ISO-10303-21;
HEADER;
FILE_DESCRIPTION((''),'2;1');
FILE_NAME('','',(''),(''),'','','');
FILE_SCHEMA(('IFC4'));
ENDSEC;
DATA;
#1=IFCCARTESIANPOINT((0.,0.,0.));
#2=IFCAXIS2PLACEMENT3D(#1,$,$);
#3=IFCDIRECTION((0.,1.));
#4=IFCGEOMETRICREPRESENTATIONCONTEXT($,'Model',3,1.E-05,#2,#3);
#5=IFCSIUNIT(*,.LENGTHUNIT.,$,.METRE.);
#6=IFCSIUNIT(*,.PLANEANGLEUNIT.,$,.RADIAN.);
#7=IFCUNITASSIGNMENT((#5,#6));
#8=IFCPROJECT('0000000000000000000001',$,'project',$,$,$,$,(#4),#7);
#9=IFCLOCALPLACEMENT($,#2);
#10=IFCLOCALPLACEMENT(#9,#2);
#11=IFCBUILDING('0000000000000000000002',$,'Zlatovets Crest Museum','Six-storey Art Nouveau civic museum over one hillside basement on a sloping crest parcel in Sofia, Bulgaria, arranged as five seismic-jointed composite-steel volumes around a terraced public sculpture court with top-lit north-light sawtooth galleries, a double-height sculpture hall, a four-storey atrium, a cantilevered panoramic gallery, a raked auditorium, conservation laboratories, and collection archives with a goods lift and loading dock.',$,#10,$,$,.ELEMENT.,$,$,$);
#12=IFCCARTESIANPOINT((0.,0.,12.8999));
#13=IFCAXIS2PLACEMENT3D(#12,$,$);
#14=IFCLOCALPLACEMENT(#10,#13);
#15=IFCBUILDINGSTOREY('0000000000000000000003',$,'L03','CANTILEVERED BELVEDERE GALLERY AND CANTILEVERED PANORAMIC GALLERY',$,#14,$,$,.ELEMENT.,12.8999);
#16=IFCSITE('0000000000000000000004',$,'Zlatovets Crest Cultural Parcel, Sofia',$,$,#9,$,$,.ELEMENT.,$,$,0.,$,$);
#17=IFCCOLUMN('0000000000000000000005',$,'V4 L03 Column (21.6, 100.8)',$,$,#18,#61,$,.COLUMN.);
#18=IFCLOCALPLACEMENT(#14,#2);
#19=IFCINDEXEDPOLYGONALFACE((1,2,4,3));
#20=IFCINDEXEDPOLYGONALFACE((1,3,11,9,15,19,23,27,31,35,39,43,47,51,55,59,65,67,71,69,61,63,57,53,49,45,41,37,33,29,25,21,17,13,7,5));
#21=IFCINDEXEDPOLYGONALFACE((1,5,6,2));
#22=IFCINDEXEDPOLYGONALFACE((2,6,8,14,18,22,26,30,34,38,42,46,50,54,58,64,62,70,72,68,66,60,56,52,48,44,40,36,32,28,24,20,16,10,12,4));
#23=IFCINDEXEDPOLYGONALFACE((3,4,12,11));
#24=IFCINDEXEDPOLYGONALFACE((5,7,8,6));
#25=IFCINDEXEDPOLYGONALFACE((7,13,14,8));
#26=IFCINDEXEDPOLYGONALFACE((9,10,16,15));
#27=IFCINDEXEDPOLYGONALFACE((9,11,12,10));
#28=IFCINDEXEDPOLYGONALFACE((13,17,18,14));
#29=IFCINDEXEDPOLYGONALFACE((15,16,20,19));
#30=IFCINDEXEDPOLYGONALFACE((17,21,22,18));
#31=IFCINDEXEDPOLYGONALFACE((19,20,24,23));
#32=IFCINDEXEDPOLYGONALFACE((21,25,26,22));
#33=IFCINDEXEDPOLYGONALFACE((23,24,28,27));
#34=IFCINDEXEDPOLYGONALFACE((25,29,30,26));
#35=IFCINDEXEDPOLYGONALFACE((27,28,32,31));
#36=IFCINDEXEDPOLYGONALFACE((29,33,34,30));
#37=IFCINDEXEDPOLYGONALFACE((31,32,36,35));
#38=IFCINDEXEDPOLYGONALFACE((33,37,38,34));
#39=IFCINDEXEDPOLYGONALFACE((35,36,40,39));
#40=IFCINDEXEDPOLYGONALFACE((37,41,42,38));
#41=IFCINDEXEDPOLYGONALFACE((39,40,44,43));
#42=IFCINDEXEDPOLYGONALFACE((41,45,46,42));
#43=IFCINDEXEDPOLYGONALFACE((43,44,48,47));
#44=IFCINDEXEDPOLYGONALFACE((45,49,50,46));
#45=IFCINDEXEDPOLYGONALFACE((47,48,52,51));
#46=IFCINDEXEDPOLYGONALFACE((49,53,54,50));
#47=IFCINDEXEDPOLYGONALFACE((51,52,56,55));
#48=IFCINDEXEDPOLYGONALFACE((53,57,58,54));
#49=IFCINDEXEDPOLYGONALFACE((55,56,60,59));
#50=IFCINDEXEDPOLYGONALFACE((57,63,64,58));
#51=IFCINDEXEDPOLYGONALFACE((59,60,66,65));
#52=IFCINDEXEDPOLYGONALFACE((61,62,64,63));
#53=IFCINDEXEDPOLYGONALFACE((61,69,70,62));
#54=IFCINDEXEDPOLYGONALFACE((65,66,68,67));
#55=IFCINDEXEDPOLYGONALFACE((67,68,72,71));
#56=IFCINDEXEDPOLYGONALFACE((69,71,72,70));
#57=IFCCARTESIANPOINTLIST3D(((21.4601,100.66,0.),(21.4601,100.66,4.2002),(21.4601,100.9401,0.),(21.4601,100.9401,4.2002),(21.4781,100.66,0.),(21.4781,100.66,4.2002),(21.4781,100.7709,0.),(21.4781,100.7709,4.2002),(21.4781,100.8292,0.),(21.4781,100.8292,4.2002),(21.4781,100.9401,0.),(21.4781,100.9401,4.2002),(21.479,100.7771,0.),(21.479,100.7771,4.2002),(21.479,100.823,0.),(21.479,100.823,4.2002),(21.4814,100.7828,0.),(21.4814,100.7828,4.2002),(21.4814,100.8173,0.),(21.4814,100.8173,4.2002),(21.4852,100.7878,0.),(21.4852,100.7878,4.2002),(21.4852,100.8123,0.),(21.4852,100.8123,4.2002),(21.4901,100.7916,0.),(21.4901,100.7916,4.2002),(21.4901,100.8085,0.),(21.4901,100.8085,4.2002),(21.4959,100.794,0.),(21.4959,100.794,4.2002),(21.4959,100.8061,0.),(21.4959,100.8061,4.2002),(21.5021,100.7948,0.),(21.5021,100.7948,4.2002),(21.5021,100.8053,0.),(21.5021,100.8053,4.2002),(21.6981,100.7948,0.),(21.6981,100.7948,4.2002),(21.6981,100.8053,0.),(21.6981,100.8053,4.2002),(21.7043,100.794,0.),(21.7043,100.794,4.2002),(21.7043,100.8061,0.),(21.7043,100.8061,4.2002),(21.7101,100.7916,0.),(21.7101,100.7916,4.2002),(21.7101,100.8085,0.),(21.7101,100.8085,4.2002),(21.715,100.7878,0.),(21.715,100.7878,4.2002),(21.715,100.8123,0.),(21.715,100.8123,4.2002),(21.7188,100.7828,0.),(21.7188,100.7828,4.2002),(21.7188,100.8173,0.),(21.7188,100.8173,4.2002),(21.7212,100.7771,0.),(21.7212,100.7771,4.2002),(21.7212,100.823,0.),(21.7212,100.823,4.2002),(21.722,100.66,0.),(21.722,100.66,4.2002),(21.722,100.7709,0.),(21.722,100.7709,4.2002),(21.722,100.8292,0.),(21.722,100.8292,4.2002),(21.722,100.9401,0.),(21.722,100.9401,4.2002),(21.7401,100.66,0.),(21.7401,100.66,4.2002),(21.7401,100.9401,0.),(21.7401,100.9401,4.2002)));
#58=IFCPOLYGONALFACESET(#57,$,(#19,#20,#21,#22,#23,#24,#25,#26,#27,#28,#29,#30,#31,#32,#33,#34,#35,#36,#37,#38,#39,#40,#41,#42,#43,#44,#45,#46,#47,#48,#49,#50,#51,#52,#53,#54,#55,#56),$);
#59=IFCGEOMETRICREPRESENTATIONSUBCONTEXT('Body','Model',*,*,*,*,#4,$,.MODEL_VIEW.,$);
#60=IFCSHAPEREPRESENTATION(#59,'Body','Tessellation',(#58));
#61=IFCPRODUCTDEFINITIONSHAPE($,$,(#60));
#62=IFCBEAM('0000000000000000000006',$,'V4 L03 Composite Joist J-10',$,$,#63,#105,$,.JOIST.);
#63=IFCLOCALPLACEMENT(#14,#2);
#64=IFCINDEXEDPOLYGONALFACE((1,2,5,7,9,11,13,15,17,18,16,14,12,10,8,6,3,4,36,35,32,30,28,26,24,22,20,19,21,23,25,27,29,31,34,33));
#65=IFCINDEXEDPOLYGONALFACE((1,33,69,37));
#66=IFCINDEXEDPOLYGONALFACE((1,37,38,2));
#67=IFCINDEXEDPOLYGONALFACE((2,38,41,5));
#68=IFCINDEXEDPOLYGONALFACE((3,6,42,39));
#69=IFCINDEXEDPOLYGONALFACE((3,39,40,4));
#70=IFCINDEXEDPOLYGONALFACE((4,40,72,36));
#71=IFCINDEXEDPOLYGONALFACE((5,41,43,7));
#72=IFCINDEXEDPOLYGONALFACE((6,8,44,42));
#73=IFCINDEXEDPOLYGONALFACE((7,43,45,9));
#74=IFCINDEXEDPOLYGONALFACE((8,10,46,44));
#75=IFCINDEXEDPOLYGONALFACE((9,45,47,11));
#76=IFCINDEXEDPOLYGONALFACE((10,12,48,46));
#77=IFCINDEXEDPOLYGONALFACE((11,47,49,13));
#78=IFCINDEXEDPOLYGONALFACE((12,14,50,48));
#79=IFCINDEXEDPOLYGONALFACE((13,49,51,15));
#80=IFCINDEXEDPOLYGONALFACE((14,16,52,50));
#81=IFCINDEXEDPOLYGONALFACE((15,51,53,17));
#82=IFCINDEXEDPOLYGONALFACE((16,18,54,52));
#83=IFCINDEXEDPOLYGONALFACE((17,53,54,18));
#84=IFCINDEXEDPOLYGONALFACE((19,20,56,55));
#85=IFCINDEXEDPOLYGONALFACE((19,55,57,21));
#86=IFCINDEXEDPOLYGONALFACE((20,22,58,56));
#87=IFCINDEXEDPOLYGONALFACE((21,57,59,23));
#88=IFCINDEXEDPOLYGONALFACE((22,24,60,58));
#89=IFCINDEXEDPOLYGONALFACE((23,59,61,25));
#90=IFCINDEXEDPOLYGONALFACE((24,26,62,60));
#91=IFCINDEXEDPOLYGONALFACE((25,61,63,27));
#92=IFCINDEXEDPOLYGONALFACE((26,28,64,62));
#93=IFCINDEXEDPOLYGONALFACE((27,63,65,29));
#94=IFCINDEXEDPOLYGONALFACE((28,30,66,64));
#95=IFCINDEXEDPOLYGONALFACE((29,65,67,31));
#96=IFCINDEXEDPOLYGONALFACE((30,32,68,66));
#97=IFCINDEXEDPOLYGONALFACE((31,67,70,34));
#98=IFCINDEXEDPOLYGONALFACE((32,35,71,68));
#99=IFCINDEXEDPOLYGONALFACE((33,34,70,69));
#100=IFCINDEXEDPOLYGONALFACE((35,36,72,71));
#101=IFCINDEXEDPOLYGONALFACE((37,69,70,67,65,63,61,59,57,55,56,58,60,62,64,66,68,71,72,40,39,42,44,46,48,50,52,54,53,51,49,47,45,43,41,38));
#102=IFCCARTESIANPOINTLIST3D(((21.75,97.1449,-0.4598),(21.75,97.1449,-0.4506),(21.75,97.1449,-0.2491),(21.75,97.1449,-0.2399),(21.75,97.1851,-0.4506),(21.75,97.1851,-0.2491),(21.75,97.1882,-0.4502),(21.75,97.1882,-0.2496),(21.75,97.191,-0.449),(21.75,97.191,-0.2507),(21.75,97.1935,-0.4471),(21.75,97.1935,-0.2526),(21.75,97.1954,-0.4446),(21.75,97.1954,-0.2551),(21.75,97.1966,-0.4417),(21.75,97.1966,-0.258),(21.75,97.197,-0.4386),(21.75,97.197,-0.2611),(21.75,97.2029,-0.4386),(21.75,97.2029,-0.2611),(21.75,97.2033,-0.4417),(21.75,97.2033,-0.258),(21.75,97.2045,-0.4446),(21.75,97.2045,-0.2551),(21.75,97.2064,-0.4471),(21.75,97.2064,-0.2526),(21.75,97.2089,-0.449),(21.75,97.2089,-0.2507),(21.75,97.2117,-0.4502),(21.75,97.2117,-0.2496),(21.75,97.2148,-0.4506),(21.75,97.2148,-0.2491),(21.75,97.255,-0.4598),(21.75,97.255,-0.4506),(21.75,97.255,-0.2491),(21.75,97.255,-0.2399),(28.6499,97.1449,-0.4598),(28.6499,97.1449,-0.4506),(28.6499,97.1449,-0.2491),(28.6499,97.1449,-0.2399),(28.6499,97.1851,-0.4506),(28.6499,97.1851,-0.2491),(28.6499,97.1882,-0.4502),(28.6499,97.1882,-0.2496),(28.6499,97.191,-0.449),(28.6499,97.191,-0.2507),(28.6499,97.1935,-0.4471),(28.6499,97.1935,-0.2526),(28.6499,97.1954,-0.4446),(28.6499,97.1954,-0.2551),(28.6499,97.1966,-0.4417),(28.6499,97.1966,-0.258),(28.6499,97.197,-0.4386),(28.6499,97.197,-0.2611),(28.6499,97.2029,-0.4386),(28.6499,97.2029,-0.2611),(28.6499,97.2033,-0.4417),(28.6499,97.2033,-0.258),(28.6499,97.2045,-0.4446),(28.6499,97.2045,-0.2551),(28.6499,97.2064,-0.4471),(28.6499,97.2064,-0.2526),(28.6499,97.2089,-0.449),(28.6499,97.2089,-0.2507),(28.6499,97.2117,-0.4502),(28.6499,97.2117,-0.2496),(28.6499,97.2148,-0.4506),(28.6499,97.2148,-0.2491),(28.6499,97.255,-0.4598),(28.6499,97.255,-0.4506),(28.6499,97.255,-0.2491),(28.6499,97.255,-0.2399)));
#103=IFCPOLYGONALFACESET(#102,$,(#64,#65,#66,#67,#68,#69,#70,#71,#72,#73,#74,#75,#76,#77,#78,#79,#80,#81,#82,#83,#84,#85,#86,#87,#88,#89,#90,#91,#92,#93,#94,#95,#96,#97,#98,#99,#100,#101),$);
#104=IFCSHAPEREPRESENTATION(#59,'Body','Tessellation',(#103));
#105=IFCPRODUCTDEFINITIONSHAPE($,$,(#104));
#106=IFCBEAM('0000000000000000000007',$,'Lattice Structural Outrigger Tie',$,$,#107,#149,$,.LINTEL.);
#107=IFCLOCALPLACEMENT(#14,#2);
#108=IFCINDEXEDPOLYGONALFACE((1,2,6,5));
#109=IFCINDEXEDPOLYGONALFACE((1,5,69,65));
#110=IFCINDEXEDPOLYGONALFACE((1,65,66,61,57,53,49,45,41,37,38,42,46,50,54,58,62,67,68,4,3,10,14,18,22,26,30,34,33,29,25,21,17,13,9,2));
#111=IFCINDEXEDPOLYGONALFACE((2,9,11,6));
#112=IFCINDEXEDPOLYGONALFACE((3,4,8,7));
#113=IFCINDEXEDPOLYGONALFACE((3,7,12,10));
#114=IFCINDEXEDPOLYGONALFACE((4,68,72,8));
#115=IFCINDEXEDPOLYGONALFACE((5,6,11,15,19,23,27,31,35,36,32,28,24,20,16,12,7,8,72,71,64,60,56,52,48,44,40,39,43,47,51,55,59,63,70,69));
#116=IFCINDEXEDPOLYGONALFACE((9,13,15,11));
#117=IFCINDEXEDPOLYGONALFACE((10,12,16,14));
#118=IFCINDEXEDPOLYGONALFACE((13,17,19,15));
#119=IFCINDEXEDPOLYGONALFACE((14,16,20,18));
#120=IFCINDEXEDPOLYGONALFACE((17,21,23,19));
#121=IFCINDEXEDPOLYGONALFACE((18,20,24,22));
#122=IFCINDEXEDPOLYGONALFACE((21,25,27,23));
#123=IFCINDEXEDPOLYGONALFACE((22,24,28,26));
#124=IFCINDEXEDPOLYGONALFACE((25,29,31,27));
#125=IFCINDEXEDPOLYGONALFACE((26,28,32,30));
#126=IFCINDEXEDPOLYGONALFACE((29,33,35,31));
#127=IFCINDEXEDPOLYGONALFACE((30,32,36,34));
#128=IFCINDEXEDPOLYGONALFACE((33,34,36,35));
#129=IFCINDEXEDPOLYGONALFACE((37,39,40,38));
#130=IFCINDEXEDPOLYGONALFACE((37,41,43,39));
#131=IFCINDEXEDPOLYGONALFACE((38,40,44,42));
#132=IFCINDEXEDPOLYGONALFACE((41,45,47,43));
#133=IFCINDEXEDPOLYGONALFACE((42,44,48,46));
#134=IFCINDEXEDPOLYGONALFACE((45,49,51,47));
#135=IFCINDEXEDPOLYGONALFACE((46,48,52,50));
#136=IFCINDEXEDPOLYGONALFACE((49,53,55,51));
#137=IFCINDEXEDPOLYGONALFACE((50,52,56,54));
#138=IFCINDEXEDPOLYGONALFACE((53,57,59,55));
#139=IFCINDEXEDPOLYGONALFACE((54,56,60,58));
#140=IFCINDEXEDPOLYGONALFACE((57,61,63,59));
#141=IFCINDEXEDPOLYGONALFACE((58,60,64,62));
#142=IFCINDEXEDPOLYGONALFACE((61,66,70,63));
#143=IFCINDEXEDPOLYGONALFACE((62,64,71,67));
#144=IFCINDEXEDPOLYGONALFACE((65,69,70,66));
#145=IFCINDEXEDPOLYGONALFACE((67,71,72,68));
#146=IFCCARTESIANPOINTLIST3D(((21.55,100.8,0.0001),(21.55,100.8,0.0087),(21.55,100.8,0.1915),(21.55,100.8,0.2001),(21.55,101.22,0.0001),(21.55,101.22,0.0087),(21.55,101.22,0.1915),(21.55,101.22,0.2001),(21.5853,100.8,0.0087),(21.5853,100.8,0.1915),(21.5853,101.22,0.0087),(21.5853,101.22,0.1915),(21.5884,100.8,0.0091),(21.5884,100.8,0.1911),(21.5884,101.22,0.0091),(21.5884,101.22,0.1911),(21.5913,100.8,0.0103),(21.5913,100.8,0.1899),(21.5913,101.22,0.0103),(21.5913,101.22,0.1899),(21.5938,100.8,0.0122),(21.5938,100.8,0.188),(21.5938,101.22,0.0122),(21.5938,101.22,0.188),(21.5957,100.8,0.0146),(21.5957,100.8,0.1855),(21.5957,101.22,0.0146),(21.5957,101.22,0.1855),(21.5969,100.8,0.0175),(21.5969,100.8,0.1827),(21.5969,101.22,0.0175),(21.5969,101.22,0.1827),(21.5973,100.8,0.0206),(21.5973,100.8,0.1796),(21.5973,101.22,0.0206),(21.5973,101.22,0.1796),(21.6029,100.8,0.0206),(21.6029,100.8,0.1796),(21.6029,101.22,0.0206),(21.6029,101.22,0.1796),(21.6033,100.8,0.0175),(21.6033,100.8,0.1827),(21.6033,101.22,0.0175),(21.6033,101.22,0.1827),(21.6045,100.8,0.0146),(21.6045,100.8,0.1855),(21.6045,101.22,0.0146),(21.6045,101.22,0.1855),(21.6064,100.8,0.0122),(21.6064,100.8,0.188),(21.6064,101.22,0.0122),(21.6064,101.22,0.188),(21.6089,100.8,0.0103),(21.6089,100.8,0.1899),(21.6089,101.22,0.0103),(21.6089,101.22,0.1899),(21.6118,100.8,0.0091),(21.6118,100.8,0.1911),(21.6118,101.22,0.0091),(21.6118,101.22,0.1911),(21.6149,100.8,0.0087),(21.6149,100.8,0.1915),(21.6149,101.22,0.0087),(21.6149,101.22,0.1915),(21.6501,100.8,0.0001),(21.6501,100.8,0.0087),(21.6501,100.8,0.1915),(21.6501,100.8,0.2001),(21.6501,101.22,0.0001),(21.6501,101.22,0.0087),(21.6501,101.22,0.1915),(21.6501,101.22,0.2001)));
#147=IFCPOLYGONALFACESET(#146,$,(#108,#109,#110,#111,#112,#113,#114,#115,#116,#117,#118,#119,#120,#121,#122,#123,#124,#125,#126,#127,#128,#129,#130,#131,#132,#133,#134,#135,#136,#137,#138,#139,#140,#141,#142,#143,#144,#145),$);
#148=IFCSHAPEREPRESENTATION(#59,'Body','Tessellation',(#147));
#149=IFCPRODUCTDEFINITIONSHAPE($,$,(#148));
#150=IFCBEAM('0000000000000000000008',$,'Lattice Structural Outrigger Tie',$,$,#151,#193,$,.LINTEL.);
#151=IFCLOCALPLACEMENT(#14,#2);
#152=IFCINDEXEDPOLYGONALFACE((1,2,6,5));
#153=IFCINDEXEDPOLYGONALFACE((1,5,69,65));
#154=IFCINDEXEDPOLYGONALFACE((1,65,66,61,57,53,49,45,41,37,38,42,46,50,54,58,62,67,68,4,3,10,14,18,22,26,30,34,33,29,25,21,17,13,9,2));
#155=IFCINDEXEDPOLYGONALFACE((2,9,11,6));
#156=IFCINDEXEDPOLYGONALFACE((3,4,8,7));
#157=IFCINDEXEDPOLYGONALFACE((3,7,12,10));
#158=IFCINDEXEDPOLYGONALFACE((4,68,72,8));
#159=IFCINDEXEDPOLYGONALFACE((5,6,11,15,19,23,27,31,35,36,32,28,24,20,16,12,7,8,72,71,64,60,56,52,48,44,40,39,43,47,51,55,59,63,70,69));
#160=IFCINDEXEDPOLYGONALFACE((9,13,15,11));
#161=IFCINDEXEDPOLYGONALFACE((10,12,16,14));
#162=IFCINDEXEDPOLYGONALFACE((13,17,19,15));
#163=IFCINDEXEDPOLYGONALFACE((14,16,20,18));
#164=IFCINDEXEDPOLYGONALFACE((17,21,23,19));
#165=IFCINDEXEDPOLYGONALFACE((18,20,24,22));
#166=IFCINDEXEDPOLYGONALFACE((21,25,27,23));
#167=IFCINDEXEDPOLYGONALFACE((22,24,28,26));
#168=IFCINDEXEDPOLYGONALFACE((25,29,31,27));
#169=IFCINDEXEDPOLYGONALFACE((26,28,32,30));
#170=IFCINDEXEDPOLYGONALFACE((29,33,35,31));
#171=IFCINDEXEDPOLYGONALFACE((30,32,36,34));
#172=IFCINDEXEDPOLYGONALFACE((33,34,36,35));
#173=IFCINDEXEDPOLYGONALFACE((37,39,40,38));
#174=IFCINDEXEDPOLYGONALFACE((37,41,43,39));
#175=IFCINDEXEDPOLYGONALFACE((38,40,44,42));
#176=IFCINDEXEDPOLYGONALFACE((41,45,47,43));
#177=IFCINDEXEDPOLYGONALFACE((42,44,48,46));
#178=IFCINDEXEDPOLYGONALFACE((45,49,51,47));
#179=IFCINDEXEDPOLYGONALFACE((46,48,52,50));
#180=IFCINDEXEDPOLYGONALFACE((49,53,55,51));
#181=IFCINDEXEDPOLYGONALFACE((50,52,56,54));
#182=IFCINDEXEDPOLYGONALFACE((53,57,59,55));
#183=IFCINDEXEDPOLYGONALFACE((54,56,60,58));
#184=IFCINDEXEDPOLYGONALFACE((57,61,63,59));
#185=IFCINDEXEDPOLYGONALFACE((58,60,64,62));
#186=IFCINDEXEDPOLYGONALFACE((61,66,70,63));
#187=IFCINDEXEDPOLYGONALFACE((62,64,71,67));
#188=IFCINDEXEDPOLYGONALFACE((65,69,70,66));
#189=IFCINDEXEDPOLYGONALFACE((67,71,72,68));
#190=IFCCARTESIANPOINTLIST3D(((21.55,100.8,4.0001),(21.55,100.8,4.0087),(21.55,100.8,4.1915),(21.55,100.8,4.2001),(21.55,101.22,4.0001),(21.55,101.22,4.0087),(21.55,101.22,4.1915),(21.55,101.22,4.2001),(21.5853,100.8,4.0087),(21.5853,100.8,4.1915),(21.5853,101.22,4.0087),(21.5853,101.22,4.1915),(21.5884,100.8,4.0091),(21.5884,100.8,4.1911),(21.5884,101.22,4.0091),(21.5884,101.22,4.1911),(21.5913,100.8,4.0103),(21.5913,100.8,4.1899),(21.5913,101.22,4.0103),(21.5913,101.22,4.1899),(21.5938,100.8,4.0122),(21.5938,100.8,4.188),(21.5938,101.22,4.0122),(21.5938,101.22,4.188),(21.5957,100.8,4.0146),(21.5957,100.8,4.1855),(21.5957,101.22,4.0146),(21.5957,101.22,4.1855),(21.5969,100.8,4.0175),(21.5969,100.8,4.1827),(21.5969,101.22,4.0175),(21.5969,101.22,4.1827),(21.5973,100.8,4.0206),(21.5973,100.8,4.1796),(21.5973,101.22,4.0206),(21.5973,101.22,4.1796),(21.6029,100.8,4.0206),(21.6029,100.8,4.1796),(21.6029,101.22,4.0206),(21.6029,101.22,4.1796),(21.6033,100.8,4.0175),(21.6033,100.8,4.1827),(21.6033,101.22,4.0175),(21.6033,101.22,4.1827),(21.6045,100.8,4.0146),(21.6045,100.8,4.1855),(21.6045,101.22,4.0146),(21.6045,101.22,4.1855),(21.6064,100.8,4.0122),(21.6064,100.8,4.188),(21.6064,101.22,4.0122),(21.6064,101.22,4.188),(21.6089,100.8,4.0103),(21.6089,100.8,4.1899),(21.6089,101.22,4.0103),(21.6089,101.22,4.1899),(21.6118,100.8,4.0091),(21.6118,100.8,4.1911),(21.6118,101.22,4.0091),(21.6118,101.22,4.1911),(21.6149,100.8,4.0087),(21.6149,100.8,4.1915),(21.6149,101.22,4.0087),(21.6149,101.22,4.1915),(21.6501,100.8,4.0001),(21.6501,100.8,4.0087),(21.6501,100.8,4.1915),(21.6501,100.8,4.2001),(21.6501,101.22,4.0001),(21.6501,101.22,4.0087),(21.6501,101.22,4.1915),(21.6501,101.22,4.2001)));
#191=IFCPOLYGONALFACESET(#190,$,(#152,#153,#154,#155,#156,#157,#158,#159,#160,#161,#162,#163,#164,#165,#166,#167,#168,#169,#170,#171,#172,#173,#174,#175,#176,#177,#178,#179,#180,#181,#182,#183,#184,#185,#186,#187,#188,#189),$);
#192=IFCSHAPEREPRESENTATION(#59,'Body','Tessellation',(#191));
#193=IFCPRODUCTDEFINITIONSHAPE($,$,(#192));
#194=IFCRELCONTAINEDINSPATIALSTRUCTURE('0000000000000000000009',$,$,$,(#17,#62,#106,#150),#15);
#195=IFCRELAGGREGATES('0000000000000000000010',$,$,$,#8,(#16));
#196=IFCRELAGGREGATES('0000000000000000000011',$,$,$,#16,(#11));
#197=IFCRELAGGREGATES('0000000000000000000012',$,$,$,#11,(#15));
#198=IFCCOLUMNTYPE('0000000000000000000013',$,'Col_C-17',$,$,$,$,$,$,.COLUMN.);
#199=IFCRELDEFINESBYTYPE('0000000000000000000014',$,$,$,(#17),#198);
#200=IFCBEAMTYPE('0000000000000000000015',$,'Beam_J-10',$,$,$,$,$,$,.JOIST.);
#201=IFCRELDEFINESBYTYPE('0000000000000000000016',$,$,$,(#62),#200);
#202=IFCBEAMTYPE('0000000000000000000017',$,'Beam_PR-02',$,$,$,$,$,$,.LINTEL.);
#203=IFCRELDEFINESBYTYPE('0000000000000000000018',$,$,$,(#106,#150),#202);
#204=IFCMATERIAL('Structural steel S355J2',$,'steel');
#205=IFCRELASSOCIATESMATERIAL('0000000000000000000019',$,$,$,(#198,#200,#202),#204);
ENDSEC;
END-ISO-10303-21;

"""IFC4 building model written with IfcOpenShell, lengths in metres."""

from ifc_helpers import new_model, si_unit, direction, frame, origin, origin_2d, place, context, subcontext, project, spatial, i_section, extrude, material, material_profile, profile_set, type_object, element, save


model = new_model("IFC4")

# Units and contexts
model_context = context("Model", 3, precision=1e-05, world=origin(), true_north=direction((0.0, 1.0)))
body_context = subcontext(model_context, "Body", "Model", "MODEL_VIEW")
ifc_project = project(units=[si_unit("LENGTHUNIT", "METRE"), si_unit("PLANEANGLEUNIT", "RADIAN")], contexts=[model_context])

# Site, building, storey
site_placement = place(None, origin())
site = spatial("IfcSite", under=ifc_project, at=site_placement, Name="Zlatovets Crest Cultural Parcel, Sofia", CompositionType="ELEMENT", RefElevation=0.0)
building_placement = place(site_placement, origin())
building = spatial("IfcBuilding", under=site, at=building_placement, Name="Zlatovets Crest Museum", Description="Six-storey Art Nouveau civic museum over one hillside basement on a sloping crest parcel in Sofia, Bulgaria, arranged as five seismic-jointed composite-steel volumes around a terraced public sculpture court with top-lit north-light sawtooth galleries, a double-height sculpture hall, a four-storey atrium, a cantilevered panoramic gallery, a raked auditorium, conservation laboratories, and collection archives with a goods lift and loading dock.", CompositionType="ELEMENT")
storey_placement = place(building_placement, frame((0.0, 0.0, 12.8999)))
storey = spatial("IfcBuildingStorey", under=building, at=storey_placement, Name="L03", Description="CANTILEVERED BELVEDERE GALLERY AND CANTILEVERED PANORAMIC GALLERY", CompositionType="ELEMENT", Elevation=12.8999)

# Column
ifc_material_1 = material(Name="Structural steel S355J2", Category="steel")
ifc_material_profile_1 = material_profile(ifc_material_1, i_section(OverallWidth=0.28, OverallDepth=0.28, WebThickness=0.0105, FlangeThickness=0.0181, FilletRadius=0.0239, at=origin_2d()), Name="HEB 280")
ifc_profile_set_1 = profile_set([ifc_material_profile_1], Name="Structural steel S355J2")
column_type = type_object("IfcColumnType", Name="Col_C-17", PredefinedType="COLUMN", material=ifc_profile_set_1)
column_placement = place(storey_placement, frame((21.6001, 100.8, 0.0), z_axis=(0.0, 0.0, 1.0), x_axis=(0.0, 1.0, 0.0)))
element("IfcColumn", 1, at=column_placement, inside=storey, type_object=column_type, Name="V4 L03 Column (21.6, 100.8)", PredefinedType="COLUMN", context=body_context, shape_type="SweptSolid", body=[
    extrude(i_section(OverallWidth=0.28, OverallDepth=0.28, WebThickness=0.0105, FlangeThickness=0.0181, FilletRadius=0.0239, at=origin_2d()), origin(), (0.0, 0.0, 1.0), 4.2002),
])

# Beams
ifc_material_profile_2 = material_profile(ifc_material_1, i_section(OverallWidth=0.1101, OverallDepth=0.22, WebThickness=0.0059, FlangeThickness=0.0093, FilletRadius=0.012, at=origin_2d()), Name="IPE 220")
ifc_profile_set_2 = profile_set([ifc_material_profile_2], Name="Structural steel S355J2")
beam_type_1 = type_object("IfcBeamType", Name="Beam_J-10", PredefinedType="JOIST", material=ifc_profile_set_2)
beam_placement = place(storey_placement, frame((21.75, 97.2, -0.3499), z_axis=(1.0, 0.0, 0.0), x_axis=(0.0, 1.0, 0.0)))
element("IfcBeam", 2, at=beam_placement, inside=storey, type_object=beam_type_1, Name="V4 L03 Composite Joist J-10", PredefinedType="JOIST", context=body_context, shape_type="SweptSolid", body=[
    extrude(i_section(OverallWidth=0.1101, OverallDepth=0.22, WebThickness=0.0059, FlangeThickness=0.0093, FilletRadius=0.012, at=origin_2d()), origin(), (0.0, 0.0, 1.0), 6.8999),
])
ifc_material_profile_3 = material_profile(ifc_material_1, i_section(OverallWidth=0.1001, OverallDepth=0.2, WebThickness=0.0056, FlangeThickness=0.0085, FilletRadius=0.012, at=origin_2d()), Name="IPE 200")
ifc_profile_set_3 = profile_set([ifc_material_profile_3], Name="Structural steel S355J2")
beam_type_2 = type_object("IfcBeamType", Name="Beam_PR-02", PredefinedType="LINTEL", material=ifc_profile_set_3)
for number, where, z_axis, x_axis, name in (
    (3, (21.6001, 100.8, 0.1001), (0.0, 1.0, 0.0), (-1.0, 0.0, 0.0), "Lattice Structural Outrigger Tie"),
    (4, (21.6001, 100.8, 4.1001), (0.0, 1.0, 0.0), (-1.0, 0.0, 0.0), "Lattice Structural Outrigger Tie"),
):
    element("IfcBeam", number, at=place(storey_placement, frame(where, z_axis=z_axis, x_axis=x_axis)), inside=storey, type_object=beam_type_2, Name=name, PredefinedType="LINTEL", context=body_context, shape_type="SweptSolid", body=[
        extrude(i_section(OverallWidth=0.1001, OverallDepth=0.2, WebThickness=0.0056, FlangeThickness=0.0085, FilletRadius=0.012, at=origin_2d()), origin(), (0.0, 0.0, 1.0), 0.4199),
    ])

save(model, "model.ifc")
